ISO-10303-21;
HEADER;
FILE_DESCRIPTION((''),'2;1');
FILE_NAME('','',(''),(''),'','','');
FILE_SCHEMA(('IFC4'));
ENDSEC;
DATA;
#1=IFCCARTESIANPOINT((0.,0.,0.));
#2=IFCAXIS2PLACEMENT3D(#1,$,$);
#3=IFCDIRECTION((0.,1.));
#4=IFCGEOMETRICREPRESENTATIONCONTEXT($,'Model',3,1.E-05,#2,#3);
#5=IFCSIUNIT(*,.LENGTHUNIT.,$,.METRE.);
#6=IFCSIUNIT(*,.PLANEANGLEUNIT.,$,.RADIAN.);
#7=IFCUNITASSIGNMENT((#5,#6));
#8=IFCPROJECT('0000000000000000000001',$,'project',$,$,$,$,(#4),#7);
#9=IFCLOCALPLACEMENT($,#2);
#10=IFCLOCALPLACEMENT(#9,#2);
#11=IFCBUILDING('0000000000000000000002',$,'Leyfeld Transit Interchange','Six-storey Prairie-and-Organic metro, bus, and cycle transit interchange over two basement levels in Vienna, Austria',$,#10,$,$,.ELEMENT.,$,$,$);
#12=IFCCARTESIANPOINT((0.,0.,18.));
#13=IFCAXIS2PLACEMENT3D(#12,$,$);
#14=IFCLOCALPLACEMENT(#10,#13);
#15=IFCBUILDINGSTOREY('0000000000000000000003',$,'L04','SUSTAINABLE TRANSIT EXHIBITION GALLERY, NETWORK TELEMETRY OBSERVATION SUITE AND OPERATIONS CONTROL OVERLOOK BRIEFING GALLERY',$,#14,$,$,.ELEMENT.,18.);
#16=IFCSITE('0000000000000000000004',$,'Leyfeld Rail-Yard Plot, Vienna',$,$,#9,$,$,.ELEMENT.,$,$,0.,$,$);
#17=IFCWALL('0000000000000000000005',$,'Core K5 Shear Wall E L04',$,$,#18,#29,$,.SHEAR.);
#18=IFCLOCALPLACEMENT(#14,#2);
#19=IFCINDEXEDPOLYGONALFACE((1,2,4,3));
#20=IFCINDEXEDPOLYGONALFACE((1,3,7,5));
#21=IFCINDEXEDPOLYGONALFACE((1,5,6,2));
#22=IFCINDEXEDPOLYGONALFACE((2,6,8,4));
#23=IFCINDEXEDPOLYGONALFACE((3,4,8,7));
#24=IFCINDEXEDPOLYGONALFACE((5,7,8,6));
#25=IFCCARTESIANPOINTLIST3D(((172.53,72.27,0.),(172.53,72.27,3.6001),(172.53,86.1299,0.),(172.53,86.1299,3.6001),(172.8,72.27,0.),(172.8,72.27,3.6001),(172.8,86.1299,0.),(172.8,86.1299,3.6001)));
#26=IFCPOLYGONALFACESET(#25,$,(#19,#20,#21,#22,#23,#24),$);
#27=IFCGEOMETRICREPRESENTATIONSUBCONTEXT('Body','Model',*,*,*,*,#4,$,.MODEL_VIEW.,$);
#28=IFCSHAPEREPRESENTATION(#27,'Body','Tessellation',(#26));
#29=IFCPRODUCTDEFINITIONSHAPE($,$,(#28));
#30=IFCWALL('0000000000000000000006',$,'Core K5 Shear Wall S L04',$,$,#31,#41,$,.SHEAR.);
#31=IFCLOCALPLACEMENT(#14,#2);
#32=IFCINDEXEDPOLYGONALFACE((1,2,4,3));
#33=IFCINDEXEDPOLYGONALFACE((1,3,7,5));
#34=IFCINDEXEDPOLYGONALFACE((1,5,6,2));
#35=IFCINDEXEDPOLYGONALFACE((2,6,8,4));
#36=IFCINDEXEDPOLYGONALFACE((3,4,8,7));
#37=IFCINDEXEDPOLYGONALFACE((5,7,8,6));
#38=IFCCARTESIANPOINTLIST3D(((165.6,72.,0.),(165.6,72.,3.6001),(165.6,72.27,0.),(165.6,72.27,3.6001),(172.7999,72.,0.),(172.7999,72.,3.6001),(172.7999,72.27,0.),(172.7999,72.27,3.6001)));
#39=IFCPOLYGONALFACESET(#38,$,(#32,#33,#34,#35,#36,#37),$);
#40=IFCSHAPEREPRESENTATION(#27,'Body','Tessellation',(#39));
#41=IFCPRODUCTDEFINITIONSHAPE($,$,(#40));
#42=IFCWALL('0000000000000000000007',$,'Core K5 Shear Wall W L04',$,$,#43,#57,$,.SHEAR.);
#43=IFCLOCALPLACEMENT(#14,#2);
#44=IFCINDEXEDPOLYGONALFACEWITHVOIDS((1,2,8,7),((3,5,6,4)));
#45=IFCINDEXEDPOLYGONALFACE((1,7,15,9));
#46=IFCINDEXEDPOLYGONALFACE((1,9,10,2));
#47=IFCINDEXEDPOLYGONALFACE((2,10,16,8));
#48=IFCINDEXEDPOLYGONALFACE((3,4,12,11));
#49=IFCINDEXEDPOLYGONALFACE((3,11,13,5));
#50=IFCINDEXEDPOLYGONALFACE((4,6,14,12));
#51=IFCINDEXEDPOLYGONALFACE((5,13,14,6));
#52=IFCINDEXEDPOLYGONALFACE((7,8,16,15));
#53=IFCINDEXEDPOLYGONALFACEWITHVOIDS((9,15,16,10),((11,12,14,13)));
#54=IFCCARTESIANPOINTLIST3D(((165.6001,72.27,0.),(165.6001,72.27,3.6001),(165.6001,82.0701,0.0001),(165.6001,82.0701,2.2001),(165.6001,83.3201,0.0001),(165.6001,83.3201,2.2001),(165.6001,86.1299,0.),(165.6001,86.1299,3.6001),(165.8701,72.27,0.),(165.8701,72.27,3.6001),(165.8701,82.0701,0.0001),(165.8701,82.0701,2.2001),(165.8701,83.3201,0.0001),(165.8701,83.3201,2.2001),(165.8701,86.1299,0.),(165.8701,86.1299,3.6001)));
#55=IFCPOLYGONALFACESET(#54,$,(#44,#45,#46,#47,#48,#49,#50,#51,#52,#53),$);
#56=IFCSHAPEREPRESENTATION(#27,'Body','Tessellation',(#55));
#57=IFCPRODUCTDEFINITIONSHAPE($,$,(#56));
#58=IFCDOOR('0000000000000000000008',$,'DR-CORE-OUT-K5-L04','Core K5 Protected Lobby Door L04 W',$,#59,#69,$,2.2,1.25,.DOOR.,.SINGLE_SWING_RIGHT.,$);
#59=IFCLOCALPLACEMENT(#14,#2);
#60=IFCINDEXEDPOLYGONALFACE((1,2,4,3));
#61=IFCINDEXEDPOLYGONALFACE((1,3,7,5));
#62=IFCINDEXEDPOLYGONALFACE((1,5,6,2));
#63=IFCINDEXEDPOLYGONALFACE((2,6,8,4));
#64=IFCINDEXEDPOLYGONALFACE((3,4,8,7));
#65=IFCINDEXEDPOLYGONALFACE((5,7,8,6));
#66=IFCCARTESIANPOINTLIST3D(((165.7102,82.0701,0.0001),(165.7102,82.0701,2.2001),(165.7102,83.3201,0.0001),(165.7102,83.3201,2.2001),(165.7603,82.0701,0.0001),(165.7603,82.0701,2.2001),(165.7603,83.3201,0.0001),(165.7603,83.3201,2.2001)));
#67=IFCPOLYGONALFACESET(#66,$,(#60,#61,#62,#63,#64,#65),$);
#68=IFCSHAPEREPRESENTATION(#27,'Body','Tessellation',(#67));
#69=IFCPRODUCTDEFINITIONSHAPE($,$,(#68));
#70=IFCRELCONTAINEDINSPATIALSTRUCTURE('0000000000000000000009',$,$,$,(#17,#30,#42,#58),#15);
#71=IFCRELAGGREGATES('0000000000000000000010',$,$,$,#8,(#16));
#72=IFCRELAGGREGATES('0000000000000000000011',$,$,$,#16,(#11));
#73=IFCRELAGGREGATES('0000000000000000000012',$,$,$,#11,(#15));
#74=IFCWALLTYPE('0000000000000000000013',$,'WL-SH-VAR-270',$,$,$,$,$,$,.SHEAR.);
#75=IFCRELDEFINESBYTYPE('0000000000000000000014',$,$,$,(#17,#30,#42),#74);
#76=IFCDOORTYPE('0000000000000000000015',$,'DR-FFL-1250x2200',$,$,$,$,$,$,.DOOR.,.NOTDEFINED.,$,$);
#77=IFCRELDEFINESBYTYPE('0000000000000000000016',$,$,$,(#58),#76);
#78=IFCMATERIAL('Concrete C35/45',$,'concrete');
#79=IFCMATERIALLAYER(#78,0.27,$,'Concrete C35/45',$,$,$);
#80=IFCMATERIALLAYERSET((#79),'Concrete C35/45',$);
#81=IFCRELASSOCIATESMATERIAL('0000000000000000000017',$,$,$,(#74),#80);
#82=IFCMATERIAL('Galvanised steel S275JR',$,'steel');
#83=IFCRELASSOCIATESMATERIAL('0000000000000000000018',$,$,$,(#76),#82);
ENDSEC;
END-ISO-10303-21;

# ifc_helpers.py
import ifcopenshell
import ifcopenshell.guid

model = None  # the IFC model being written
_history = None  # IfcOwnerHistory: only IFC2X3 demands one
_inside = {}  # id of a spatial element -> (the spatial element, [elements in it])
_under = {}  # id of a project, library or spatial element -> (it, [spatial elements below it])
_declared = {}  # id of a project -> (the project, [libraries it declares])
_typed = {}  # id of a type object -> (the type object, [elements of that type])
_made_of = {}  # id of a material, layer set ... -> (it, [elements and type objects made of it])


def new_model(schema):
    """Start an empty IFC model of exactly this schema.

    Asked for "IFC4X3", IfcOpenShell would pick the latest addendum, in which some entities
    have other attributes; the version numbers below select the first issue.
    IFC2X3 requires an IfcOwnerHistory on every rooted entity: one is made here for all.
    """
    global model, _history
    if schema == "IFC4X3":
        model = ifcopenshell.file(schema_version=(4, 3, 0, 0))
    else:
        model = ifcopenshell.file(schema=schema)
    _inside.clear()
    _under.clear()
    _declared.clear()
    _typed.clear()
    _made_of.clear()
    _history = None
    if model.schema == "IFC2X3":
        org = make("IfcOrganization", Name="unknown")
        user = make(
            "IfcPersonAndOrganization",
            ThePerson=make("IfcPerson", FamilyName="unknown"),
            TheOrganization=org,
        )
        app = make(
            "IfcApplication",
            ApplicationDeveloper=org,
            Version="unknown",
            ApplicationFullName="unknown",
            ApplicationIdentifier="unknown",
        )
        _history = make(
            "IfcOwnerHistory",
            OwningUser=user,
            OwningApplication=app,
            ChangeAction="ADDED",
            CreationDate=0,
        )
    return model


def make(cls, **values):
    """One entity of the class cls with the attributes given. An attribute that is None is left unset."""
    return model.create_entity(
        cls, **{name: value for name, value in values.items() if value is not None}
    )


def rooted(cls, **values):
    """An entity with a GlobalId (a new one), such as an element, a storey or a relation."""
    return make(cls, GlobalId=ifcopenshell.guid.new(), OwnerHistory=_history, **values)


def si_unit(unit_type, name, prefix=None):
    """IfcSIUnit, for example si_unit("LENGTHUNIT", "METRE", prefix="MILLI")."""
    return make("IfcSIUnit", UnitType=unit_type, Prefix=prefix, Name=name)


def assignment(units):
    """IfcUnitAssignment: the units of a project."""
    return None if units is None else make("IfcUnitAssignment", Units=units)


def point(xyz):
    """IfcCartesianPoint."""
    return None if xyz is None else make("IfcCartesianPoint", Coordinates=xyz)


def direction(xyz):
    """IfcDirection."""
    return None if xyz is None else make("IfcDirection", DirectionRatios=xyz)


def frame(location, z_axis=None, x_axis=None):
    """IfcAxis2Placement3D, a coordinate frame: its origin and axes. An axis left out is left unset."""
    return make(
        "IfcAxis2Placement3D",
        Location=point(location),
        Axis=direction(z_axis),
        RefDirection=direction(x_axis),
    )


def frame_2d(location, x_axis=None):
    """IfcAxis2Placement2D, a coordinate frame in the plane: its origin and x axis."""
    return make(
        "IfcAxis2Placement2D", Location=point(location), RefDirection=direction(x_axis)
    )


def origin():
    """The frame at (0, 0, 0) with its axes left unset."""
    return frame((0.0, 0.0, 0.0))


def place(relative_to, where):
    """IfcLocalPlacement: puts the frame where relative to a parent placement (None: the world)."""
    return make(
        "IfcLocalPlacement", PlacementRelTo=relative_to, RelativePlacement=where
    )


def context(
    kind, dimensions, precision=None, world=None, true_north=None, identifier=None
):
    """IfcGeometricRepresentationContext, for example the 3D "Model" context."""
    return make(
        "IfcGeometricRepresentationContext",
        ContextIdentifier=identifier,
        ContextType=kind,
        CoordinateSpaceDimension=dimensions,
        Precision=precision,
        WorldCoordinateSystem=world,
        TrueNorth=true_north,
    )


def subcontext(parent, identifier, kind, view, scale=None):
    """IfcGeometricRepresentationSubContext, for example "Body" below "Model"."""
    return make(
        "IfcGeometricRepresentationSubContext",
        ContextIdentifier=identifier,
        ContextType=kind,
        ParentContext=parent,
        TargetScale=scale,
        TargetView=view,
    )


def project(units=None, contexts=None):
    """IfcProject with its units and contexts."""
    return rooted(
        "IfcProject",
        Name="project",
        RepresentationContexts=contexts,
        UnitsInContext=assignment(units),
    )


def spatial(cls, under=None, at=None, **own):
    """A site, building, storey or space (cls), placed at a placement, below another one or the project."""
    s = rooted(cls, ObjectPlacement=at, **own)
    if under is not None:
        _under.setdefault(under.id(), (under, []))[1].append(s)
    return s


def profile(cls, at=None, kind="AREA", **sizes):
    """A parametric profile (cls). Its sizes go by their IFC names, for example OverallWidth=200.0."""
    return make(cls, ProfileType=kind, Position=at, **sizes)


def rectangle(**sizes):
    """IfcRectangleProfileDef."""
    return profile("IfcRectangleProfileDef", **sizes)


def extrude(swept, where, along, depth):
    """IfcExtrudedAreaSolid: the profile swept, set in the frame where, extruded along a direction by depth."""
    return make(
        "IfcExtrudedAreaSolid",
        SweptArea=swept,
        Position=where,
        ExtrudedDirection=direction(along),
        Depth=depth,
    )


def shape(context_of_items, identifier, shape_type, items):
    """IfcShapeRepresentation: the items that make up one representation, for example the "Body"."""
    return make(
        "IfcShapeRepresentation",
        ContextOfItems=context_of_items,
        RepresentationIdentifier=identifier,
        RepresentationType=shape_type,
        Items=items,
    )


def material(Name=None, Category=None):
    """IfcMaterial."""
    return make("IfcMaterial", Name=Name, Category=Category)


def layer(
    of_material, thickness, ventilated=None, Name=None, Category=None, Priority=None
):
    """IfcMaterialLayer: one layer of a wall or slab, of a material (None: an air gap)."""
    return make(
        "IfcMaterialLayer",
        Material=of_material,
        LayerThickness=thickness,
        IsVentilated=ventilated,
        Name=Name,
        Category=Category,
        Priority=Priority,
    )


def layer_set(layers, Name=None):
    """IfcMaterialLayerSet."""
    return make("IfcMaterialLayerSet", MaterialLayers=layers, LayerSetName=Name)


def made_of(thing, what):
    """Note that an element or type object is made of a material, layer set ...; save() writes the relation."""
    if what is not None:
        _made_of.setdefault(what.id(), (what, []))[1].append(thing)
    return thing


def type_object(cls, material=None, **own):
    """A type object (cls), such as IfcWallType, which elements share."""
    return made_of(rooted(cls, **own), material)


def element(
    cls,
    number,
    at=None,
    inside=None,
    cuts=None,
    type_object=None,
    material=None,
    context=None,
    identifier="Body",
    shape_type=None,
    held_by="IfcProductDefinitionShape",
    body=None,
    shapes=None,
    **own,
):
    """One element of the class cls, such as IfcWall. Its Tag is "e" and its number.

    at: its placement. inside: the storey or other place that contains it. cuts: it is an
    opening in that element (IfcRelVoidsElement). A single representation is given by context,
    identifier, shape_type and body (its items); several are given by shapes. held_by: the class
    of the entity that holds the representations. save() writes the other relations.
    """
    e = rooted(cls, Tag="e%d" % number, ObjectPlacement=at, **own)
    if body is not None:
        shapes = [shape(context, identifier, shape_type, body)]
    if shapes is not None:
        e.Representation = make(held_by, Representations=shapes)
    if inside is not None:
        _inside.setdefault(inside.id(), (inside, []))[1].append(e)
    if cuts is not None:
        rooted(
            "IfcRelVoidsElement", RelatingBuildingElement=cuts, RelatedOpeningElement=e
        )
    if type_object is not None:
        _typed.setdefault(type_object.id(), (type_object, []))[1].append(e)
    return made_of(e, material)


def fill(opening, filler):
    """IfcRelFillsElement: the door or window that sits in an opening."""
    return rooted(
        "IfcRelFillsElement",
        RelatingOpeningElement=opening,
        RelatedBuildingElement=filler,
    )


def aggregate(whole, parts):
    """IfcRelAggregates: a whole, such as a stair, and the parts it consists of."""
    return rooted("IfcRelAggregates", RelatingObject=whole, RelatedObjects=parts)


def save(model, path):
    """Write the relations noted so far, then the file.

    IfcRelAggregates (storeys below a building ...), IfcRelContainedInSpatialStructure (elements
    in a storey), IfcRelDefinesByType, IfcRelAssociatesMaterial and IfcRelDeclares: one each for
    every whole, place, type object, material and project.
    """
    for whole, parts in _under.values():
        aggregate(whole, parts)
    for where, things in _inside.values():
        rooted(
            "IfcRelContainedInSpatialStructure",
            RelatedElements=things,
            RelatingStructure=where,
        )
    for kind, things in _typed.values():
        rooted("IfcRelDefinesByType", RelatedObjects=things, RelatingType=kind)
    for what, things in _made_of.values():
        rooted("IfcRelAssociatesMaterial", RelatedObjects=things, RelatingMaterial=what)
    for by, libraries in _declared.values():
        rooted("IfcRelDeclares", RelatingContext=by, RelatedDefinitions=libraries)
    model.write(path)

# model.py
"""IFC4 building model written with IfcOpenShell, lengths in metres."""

from ifc_helpers import new_model, si_unit, direction, frame, frame_2d, origin, place, context, subcontext, project, spatial, rectangle, extrude, material, layer, layer_set, type_object, element, fill, save


model = new_model("IFC4")

# Units and contexts
model_context = context("Model", 3, precision=1e-05, world=origin(), true_north=direction((0.0, 1.0)))
body_context = subcontext(model_context, "Body", "Model", "MODEL_VIEW")
ifc_project = project(units=[si_unit("LENGTHUNIT", "METRE"), si_unit("PLANEANGLEUNIT", "RADIAN")], contexts=[model_context])

# Site, building, storey
site_placement = place(None, origin())
site = spatial("IfcSite", under=ifc_project, at=site_placement, Name="Leyfeld Rail-Yard Plot, Vienna", CompositionType="ELEMENT", RefElevation=0.0)
building_placement = place(site_placement, origin())
building = spatial("IfcBuilding", under=site, at=building_placement, Name="Leyfeld Transit Interchange", Description="Six-storey Prairie-and-Organic metro, bus, and cycle transit interchange over two basement levels in Vienna, Austria", CompositionType="ELEMENT")
storey_placement = place(building_placement, frame((0.0, 0.0, 18.0)))
storey = spatial("IfcBuildingStorey", under=building, at=storey_placement, Name="L04", Description="SUSTAINABLE TRANSIT EXHIBITION GALLERY, NETWORK TELEMETRY OBSERVATION SUITE AND OPERATIONS CONTROL OVERLOOK BRIEFING GALLERY", CompositionType="ELEMENT", Elevation=18.0)

# Shared definitions
ifc_material_1 = material(Name="Concrete C35/45", Category="concrete")

# Shared definitions
ifc_material_2 = material(Name="Galvanised steel S275JR", Category="steel")

# Walls
ifc_layer_1 = layer(ifc_material_1, 0.27, Name="Concrete C35/45")
ifc_layer_set_1 = layer_set([ifc_layer_1], Name="Concrete C35/45")
wall_type_1 = type_object("IfcWallType", Name="WL-SH-VAR-270", PredefinedType="SHEAR", material=ifc_layer_set_1)
wall_1_placement = place(storey_placement, frame((172.665, 86.1299, 0.0), z_axis=(0.0, 0.0, 1.0), x_axis=(0.0, -1.0, 0.0)))
element("IfcWall", 1, at=wall_1_placement, inside=storey, type_object=wall_type_1, Name="Core K5 Shear Wall E L04", PredefinedType="SHEAR", context=body_context, shape_type="SweptSolid", body=[
    extrude(rectangle(XDim=13.8599, YDim=0.27, at=frame_2d((6.9299, 0.0))), origin(), (0.0, 0.0, 1.0), 3.6001),
])
wall_2_placement = place(storey_placement, frame((172.8, 72.135, 0.0), z_axis=(0.0, 0.0, 1.0), x_axis=(-1.0, 0.0, 0.0)))
element("IfcWall", 2, at=wall_2_placement, inside=storey, type_object=wall_type_1, Name="Core K5 Shear Wall S L04", PredefinedType="SHEAR", context=body_context, shape_type="SweptSolid", body=[
    extrude(rectangle(XDim=7.2, YDim=0.27, at=frame_2d((3.6001, 0.0))), origin(), (0.0, 0.0, 1.0), 3.6001),
])

# Wall, opening, door
wall_3_placement = place(storey_placement, frame((165.7351, 72.27, 0.0), z_axis=(0.0, 0.0, 1.0), x_axis=(0.0, 1.0, 0.0)))
wall_3 = element("IfcWall", 3, at=wall_3_placement, inside=storey, type_object=wall_type_1, Name="Core K5 Shear Wall W L04", PredefinedType="SHEAR", context=body_context, shape_type="SweptSolid", body=[
    extrude(rectangle(XDim=13.8599, YDim=0.27, at=frame_2d((6.9299, 0.0))), origin(), (0.0, 0.0, 1.0), 3.6001),
])
opening_1_placement = place(wall_3_placement, frame((9.8, 0.0, 0.0)))
opening_1 = element("IfcOpeningElement", 4, at=opening_1_placement, cuts=wall_3, PredefinedType="OPENING", context=body_context, shape_type="SweptSolid", body=[
    extrude(rectangle(XDim=1.25, YDim=2.2, at=frame_2d((0.625, 1.1001))), frame((0.0, 0.145, 0.0), z_axis=(0.0, -1.0, 0.0), x_axis=(1.0, 0.0, 0.0)), (0.0, 0.0, 1.0), 0.29),
])
door_type_1 = type_object("IfcDoorType", Name="DR-FFL-1250x2200", OperationType="NOTDEFINED", PredefinedType="DOOR", material=ifc_material_2)
door_1_placement = place(opening_1_placement, origin())
door_1 = element("IfcDoor", 5, at=door_1_placement, inside=storey, type_object=door_type_1, Name="DR-CORE-OUT-K5-L04", Description="Core K5 Protected Lobby Door L04 W", OperationType="SINGLE_SWING_RIGHT", OverallHeight=2.2, OverallWidth=1.25, PredefinedType="DOOR", context=body_context, shape_type="SweptSolid", body=[
    extrude(rectangle(XDim=1.25, YDim=2.2, at=frame_2d((0.625, 1.1001))), frame((0.0, 0.0249, 0.0), z_axis=(0.0, -1.0, 0.0), x_axis=(1.0, 0.0, 0.0)), (0.0, 0.0, 1.0), 0.05),
])
fill(opening_1, door_1)

save(model, "model.ifc")
